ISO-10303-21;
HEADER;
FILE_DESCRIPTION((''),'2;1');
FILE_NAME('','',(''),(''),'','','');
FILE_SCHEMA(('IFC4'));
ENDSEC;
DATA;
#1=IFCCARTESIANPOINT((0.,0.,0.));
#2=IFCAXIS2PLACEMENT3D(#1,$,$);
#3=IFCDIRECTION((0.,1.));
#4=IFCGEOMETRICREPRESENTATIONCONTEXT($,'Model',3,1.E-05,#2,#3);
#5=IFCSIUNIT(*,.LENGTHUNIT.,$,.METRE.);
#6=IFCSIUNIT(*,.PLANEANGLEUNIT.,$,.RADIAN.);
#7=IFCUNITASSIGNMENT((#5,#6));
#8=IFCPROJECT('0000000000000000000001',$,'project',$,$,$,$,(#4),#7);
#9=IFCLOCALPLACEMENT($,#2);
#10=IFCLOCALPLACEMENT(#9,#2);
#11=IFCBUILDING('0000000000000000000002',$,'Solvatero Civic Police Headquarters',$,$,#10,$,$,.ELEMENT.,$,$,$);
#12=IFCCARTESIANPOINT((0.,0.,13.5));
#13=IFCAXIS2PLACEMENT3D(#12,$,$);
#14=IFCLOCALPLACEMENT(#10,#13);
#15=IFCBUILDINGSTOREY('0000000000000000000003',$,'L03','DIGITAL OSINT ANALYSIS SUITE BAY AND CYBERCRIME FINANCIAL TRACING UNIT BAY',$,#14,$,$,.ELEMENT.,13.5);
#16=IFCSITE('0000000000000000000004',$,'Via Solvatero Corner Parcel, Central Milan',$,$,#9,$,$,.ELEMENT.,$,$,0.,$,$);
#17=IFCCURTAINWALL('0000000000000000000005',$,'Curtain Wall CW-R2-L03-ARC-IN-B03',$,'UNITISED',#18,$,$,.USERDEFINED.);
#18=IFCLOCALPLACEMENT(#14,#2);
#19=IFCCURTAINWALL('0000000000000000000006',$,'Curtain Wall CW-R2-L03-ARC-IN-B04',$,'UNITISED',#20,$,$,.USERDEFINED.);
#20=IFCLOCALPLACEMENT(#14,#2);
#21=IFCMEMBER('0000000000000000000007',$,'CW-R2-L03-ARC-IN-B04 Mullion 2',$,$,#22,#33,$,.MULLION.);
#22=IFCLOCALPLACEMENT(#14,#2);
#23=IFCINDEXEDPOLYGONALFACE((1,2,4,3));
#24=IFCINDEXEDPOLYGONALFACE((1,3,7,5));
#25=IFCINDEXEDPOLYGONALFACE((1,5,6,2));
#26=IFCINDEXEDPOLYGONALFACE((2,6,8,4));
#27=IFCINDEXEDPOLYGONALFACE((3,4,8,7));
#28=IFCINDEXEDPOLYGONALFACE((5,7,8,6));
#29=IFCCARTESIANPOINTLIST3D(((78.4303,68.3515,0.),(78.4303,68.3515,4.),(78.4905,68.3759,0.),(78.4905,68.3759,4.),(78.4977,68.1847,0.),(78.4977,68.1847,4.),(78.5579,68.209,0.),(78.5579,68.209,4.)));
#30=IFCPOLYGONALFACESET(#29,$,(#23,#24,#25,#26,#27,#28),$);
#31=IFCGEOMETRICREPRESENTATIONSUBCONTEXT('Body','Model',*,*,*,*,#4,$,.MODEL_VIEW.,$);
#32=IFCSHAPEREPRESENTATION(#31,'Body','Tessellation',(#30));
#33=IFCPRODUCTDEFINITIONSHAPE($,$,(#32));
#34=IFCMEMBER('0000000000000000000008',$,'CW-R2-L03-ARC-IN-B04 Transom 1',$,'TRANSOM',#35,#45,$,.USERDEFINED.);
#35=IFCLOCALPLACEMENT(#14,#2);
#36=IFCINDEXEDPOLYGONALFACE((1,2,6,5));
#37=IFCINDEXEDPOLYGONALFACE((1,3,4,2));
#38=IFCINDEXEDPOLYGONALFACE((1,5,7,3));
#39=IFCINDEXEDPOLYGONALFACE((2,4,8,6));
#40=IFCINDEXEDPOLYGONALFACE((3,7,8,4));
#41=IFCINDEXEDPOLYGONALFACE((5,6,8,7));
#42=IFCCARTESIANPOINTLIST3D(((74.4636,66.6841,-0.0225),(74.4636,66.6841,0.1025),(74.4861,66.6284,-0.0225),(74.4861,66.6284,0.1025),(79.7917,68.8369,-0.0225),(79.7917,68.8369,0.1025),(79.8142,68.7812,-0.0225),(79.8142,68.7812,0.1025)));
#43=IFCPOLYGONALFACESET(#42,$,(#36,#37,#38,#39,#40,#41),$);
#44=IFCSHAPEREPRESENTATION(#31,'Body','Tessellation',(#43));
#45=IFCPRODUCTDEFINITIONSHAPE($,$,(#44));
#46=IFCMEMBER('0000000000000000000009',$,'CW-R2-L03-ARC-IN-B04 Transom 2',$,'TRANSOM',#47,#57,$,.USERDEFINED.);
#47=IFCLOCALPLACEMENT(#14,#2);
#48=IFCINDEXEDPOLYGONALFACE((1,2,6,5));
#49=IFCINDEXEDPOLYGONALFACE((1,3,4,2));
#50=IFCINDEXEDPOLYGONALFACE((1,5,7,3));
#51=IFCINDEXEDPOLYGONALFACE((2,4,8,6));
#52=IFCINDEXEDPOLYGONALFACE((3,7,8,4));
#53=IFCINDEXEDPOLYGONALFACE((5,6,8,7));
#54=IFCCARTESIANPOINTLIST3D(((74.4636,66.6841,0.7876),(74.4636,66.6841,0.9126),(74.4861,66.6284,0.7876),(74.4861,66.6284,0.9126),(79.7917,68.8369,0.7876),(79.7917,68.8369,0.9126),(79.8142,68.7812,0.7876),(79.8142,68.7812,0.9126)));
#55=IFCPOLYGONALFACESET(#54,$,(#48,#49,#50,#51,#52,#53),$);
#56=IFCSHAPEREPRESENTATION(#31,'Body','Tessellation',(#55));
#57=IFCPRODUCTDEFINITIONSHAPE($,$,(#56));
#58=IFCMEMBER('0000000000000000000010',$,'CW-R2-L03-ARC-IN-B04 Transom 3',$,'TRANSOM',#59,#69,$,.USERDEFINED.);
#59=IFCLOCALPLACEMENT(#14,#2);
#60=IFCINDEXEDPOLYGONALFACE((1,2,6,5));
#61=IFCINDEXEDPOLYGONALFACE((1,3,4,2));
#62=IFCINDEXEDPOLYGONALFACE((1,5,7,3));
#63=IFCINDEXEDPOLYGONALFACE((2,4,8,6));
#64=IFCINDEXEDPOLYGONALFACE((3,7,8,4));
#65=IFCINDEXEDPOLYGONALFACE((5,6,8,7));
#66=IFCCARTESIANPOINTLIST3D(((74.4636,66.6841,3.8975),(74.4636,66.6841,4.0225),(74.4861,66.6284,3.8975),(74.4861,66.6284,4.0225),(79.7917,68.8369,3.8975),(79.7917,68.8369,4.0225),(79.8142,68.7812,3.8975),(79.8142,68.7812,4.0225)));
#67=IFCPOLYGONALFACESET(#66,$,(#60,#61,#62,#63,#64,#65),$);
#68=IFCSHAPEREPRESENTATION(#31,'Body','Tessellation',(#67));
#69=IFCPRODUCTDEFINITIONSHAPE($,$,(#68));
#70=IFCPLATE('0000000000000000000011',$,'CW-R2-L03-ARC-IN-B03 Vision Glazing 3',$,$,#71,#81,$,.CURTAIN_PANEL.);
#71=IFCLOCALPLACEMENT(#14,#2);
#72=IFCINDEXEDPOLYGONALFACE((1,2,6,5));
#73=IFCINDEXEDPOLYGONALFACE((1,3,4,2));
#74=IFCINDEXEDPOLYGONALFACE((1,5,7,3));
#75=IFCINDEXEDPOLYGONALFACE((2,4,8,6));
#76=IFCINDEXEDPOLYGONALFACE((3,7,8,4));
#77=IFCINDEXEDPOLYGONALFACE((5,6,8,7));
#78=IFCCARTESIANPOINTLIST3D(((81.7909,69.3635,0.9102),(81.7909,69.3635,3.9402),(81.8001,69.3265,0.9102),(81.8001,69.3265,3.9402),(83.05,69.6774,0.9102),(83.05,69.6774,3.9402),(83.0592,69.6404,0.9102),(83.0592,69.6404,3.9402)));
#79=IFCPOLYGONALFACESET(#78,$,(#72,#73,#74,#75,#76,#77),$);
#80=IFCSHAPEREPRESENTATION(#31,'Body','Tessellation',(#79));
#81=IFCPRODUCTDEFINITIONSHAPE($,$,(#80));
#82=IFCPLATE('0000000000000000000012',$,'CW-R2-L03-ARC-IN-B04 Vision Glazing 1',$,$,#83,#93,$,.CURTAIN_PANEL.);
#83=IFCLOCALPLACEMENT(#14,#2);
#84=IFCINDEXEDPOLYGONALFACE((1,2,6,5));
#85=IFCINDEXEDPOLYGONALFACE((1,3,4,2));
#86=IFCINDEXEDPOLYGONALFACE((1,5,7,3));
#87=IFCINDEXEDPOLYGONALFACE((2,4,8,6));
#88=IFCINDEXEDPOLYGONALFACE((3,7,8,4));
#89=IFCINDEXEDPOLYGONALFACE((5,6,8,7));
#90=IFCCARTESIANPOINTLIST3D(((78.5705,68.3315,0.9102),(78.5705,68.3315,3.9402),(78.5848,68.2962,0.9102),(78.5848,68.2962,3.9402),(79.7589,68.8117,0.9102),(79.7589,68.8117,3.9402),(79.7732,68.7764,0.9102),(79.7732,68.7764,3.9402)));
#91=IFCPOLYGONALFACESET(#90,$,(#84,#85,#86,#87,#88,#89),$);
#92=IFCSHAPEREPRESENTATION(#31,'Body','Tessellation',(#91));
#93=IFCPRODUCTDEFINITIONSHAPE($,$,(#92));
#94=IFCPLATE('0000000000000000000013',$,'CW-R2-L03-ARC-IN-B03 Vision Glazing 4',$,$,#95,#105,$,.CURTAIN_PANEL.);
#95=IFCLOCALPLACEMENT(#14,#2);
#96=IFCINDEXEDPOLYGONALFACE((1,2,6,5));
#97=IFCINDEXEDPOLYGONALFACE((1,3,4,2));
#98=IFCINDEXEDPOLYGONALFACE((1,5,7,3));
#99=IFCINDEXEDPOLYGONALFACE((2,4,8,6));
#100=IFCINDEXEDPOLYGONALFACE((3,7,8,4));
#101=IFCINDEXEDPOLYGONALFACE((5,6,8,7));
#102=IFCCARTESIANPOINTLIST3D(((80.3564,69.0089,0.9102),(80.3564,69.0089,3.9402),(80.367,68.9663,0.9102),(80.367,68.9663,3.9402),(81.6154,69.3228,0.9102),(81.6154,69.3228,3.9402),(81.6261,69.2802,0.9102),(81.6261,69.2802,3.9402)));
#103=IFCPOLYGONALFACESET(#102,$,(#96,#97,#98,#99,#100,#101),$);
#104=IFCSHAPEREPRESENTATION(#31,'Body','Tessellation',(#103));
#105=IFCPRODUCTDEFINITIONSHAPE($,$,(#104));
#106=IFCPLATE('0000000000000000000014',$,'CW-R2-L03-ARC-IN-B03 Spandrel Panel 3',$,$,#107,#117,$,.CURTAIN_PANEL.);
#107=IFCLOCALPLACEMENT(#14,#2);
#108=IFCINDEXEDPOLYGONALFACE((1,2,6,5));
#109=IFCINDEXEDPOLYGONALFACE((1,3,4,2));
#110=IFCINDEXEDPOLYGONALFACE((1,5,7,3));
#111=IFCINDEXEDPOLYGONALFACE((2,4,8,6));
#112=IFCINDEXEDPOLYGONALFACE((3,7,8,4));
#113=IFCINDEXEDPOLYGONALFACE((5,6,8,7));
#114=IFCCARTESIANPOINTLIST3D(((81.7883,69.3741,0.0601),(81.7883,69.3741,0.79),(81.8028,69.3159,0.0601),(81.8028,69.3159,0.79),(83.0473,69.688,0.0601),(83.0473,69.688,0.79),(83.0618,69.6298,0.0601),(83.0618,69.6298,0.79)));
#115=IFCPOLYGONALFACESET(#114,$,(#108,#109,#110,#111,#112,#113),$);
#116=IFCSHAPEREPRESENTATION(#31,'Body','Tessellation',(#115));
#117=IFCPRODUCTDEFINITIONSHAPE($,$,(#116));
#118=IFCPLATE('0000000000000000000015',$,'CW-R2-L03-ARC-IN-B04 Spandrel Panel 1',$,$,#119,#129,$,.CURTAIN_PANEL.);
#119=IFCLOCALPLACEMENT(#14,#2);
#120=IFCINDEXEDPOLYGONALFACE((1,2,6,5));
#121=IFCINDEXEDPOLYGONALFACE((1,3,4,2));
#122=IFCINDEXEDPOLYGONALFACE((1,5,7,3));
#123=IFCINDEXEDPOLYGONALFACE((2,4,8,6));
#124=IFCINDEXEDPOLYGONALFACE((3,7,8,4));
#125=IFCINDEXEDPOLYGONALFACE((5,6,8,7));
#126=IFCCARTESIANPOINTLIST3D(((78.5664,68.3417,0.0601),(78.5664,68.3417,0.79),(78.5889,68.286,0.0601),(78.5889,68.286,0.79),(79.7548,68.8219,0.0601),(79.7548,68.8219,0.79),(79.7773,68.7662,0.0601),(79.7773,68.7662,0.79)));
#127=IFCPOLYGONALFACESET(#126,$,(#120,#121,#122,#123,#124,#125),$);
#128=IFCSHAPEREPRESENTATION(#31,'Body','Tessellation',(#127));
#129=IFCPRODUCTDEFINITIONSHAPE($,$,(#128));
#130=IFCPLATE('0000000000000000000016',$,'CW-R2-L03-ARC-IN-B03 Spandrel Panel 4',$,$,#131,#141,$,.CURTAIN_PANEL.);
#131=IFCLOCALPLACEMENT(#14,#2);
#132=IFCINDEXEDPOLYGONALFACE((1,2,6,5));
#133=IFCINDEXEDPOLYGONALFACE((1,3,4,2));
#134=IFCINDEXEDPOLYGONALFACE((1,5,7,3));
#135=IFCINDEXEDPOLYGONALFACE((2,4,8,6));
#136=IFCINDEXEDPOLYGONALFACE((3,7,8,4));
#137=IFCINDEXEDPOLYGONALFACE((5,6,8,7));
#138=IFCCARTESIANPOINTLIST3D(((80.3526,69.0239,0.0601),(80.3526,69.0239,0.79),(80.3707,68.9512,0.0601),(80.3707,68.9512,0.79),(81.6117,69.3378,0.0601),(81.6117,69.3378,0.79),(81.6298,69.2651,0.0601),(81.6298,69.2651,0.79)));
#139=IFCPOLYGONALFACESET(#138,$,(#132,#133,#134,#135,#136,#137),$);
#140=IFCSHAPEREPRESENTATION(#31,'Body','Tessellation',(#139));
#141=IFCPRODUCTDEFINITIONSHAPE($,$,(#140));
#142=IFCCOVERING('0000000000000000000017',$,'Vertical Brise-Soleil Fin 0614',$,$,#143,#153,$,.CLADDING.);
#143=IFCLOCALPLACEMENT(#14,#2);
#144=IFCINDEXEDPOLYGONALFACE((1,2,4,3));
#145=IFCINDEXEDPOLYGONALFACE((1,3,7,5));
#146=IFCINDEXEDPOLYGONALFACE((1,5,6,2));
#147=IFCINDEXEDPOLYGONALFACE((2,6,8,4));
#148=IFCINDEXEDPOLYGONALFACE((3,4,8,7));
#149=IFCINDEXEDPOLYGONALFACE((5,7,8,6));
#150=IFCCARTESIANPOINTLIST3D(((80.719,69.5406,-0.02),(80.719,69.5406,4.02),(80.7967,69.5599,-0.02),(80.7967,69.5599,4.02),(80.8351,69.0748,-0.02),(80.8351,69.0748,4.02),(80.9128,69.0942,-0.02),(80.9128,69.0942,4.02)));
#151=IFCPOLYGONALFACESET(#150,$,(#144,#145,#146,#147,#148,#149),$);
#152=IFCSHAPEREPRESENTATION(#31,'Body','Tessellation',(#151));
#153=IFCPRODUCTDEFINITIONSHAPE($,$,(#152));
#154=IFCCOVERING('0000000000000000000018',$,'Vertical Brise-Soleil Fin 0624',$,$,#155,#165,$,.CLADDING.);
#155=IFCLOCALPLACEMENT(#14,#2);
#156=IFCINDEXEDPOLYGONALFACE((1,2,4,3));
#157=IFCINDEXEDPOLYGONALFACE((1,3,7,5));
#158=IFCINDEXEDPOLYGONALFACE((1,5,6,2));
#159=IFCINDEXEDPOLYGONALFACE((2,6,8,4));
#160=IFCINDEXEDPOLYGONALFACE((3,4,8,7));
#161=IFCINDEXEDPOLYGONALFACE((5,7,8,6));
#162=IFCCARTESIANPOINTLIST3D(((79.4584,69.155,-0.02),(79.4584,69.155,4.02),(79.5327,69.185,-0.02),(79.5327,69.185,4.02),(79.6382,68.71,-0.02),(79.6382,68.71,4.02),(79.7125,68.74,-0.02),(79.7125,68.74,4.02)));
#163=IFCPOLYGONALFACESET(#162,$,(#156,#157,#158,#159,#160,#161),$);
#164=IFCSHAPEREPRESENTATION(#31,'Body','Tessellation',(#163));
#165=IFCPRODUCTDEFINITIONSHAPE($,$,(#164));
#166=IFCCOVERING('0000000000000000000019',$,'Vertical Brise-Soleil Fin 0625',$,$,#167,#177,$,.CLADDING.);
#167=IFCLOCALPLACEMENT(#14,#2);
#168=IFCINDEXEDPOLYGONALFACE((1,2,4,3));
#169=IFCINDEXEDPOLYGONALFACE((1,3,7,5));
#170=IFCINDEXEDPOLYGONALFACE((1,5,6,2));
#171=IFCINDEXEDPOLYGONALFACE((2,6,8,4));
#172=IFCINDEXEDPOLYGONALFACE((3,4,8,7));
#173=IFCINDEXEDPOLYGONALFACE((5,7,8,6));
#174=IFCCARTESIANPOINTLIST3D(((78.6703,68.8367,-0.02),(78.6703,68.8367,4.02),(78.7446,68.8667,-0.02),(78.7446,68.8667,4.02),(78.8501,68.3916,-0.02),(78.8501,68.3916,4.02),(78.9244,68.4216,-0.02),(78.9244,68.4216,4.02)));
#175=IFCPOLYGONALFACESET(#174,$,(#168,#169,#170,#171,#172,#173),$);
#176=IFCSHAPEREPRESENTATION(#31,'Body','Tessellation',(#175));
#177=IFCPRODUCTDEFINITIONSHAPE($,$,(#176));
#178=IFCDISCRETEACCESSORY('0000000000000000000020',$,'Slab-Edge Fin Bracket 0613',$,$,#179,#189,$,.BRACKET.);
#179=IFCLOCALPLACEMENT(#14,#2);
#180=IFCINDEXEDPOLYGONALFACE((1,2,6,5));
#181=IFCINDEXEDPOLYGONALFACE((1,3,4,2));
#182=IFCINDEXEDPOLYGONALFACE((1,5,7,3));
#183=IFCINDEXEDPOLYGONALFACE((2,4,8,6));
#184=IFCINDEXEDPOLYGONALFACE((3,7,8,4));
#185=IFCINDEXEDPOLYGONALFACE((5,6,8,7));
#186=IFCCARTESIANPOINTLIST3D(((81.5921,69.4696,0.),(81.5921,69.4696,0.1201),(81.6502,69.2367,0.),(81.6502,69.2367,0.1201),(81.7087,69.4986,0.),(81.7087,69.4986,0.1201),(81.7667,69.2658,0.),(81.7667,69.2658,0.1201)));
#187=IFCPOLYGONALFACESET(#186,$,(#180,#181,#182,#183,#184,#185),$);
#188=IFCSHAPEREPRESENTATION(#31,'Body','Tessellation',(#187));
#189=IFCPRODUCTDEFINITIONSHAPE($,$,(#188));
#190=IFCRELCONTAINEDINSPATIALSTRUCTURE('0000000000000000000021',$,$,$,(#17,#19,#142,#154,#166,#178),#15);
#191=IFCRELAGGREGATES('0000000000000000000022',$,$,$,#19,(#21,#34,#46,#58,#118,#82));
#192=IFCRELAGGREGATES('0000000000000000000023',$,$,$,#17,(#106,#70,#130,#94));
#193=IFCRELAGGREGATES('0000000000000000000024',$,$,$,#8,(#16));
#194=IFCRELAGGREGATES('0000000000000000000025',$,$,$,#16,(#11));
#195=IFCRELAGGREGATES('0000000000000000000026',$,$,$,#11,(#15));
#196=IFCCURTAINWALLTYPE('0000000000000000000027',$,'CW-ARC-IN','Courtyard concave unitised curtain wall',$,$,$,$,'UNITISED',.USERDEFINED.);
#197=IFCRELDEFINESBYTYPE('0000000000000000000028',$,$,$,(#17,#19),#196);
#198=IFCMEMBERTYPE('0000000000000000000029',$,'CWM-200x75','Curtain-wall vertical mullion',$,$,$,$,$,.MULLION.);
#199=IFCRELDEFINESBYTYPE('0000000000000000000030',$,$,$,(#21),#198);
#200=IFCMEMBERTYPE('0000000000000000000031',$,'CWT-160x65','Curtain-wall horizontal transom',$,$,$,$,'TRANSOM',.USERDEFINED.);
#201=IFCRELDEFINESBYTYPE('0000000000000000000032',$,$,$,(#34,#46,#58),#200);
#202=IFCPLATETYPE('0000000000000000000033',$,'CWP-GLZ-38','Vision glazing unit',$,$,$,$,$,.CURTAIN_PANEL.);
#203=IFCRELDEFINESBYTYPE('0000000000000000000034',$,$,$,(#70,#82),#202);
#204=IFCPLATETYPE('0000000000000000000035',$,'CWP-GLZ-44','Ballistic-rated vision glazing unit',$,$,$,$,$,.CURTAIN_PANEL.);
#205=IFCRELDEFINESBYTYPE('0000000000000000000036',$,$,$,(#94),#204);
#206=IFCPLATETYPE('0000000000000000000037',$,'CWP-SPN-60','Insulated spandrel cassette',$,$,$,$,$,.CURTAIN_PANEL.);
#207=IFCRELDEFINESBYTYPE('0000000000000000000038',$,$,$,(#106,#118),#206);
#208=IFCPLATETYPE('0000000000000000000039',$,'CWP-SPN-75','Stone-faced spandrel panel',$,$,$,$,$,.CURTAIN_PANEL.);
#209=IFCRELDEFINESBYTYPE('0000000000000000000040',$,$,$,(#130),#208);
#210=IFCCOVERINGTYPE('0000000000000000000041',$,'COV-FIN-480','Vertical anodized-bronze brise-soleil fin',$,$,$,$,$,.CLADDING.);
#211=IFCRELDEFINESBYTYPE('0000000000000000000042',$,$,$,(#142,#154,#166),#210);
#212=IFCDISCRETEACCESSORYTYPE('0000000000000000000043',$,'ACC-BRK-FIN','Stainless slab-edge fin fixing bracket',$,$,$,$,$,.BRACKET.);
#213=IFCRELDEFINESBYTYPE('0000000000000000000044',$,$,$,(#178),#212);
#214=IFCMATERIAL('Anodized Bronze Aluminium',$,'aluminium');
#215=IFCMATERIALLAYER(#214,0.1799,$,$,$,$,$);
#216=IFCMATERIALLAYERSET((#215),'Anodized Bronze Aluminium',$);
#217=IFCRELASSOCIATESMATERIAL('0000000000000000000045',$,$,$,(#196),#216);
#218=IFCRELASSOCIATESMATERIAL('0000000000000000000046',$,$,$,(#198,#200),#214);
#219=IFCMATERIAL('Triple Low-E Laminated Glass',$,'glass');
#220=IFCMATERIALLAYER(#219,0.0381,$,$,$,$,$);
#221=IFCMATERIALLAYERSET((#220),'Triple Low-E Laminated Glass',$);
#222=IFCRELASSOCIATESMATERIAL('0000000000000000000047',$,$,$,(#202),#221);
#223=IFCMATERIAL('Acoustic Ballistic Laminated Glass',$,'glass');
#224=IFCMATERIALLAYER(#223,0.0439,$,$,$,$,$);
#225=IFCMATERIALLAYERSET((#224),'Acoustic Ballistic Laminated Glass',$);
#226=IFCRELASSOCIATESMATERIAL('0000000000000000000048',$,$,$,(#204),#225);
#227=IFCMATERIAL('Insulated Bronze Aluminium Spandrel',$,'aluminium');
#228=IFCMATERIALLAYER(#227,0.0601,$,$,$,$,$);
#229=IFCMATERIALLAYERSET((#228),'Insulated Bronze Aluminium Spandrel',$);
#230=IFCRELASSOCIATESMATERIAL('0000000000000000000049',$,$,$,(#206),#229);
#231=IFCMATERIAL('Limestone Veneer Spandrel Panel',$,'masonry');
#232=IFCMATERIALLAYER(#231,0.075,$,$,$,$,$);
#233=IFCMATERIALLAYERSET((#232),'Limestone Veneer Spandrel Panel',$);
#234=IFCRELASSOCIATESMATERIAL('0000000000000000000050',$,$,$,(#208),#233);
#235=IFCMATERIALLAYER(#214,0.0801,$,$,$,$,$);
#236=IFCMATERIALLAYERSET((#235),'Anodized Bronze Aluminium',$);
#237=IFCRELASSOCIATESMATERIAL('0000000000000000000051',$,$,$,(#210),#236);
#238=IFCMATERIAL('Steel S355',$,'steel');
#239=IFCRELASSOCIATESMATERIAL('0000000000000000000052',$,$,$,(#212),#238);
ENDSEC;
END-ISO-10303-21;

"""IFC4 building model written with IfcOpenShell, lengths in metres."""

from ifc_helpers import new_model, si_unit, direction, frame, origin, origin_2d, place, context, subcontext, project, spatial, rectangle, extrude, material, layer, layer_set, material_profile, profile_set, type_object, element, aggregate, save


model = new_model("IFC4")

# Units and contexts
model_context = context("Model", 3, precision=1e-05, world=origin(), true_north=direction((0.0, 1.0)))
body_context = subcontext(model_context, "Body", "Model", "MODEL_VIEW")
ifc_project = project(units=[si_unit("LENGTHUNIT", "METRE"), si_unit("PLANEANGLEUNIT", "RADIAN")], contexts=[model_context])

# Site, building, storey
site_placement = place(None, origin())
site = spatial("IfcSite", under=ifc_project, at=site_placement, Name="Via Solvatero Corner Parcel, Central Milan", CompositionType="ELEMENT", RefElevation=0.0)
building_placement = place(site_placement, origin())
building = spatial("IfcBuilding", under=site, at=building_placement, Name="Solvatero Civic Police Headquarters", CompositionType="ELEMENT")
storey_placement = place(building_placement, frame((0.0, 0.0, 13.5)))
storey = spatial("IfcBuildingStorey", under=building, at=storey_placement, Name="L03", Description="DIGITAL OSINT ANALYSIS SUITE BAY AND CYBERCRIME FINANCIAL TRACING UNIT BAY", CompositionType="ELEMENT", Elevation=13.5)

# Shared definitions
ifc_material_1 = material(Name="Steel S355", Category="steel")

# Curtain walls, members
ifc_material_2 = material(Name="Anodized Bronze Aluminium", Category="aluminium")
ifc_layer_1 = layer(ifc_material_2, 0.1799)
ifc_layer_set_1 = layer_set([ifc_layer_1], Name="Anodized Bronze Aluminium")
curtain_wall_type = type_object("IfcCurtainWallType", Name="CW-ARC-IN", Description="Courtyard concave unitised curtain wall", ElementType="UNITISED", PredefinedType="USERDEFINED", material=ifc_layer_set_1)
curtain_wall_1_placement = place(storey_placement, origin())
curtain_wall_1 = element("IfcCurtainWall", 1, at=curtain_wall_1_placement, inside=storey, type_object=curtain_wall_type, Name="Curtain Wall CW-R2-L03-ARC-IN-B03", ObjectType="UNITISED", PredefinedType="USERDEFINED")
curtain_wall_2_placement = place(storey_placement, origin())
curtain_wall_2 = element("IfcCurtainWall", 2, at=curtain_wall_2_placement, inside=storey, type_object=curtain_wall_type, Name="Curtain Wall CW-R2-L03-ARC-IN-B04", ObjectType="UNITISED", PredefinedType="USERDEFINED")
ifc_material_profile_1 = material_profile(ifc_material_2, rectangle(XDim=0.0649, YDim=0.1799, at=origin_2d()), Name="ALU MULLION 65x180")
ifc_profile_set_1 = profile_set([ifc_material_profile_1], Name="Anodized Bronze Aluminium")
member_type_1 = type_object("IfcMemberType", Name="CWM-200x75", Description="Curtain-wall vertical mullion", PredefinedType="MULLION", material=ifc_profile_set_1)
member_1_placement = place(storey_placement, frame((78.4941, 68.2803, 0.0), z_axis=(0.0, 0.0, 1.0), x_axis=(-0.927184, -0.374607, 0.0)))
member_1 = element("IfcMember", 3, at=member_1_placement, type_object=member_type_1, Name="CW-R2-L03-ARC-IN-B04 Mullion 2", PredefinedType="MULLION", context=body_context, shape_type="SweptSolid", body=[
    extrude(rectangle(XDim=0.0649, YDim=0.1799, at=origin_2d()), origin(), (0.0, 0.0, 1.0), 4.0),
])
ifc_material_profile_2 = material_profile(ifc_material_2, rectangle(XDim=0.0601, YDim=0.125, at=origin_2d()), Name="ALU TRANSOM 60x125")
ifc_profile_set_2 = profile_set([ifc_material_profile_2], Name="Anodized Bronze Aluminium")
member_type_2 = type_object("IfcMemberType", Name="CWT-160x65", Description="Curtain-wall horizontal transom", ElementType="TRANSOM", PredefinedType="USERDEFINED", material=ifc_profile_set_2)
member_2_placement = place(storey_placement, frame((79.803, 68.8091, 0.04), z_axis=(-0.927176, -0.374626, 0.0), x_axis=(0.374626, -0.927176, 0.0)))
member_2 = element("IfcMember", 4, at=member_2_placement, type_object=member_type_2, Name="CW-R2-L03-ARC-IN-B04 Transom 1", ObjectType="TRANSOM", PredefinedType="USERDEFINED", context=body_context, shape_type="SweptSolid", body=[
    extrude(rectangle(XDim=0.0601, YDim=0.125, at=origin_2d()), origin(), (0.0, 0.0, 1.0), 5.7466),
])
member_3_placement = place(storey_placement, frame((79.803, 68.8091, 0.8501), z_axis=(-0.927176, -0.374626, 0.0), x_axis=(0.374626, -0.927176, 0.0)))
member_3 = element("IfcMember", 5, at=member_3_placement, type_object=member_type_2, Name="CW-R2-L03-ARC-IN-B04 Transom 2", ObjectType="TRANSOM", PredefinedType="USERDEFINED", context=body_context, shape_type="SweptSolid", body=[
    extrude(rectangle(XDim=0.0601, YDim=0.125, at=origin_2d()), origin(), (0.0, 0.0, 1.0), 5.7466),
])
member_4_placement = place(storey_placement, frame((79.803, 68.8091, 3.96), z_axis=(-0.927176, -0.374626, 0.0), x_axis=(0.374626, -0.927176, 0.0)))
member_4 = element("IfcMember", 6, at=member_4_placement, type_object=member_type_2, Name="CW-R2-L03-ARC-IN-B04 Transom 3", ObjectType="TRANSOM", PredefinedType="USERDEFINED", context=body_context, shape_type="SweptSolid", body=[
    extrude(rectangle(XDim=0.0601, YDim=0.125, at=origin_2d()), origin(), (0.0, 0.0, 1.0), 5.7466),
])

# Plates
ifc_material_3 = material(Name="Triple Low-E Laminated Glass", Category="glass")
ifc_layer_2 = layer(ifc_material_3, 0.0381)
ifc_layer_set_2 = layer_set([ifc_layer_2], Name="Triple Low-E Laminated Glass")
plate_type_1 = type_object("IfcPlateType", Name="CWP-GLZ-38", Description="Vision glazing unit", PredefinedType="CURTAIN_PANEL", material=ifc_layer_set_2)
plate_1_placement = place(storey_placement, frame((82.425, 69.502, 0.9102), z_axis=(0.0, 0.0, 1.0), x_axis=(-0.9703, -0.241905, 0.0)))
plate_1 = element("IfcPlate", 7, at=plate_1_placement, type_object=plate_type_1, Name="CW-R2-L03-ARC-IN-B03 Vision Glazing 3", PredefinedType="CURTAIN_PANEL", context=body_context, shape_type="SweptSolid", body=[
    extrude(rectangle(XDim=1.2976, YDim=0.0381, at=origin_2d()), origin(), (0.0, 0.0, 1.0), 3.03),
])
plate_2_placement = place(storey_placement, frame((79.1719, 68.554, 0.9102), z_axis=(0.0, 0.0, 1.0), x_axis=(-0.927184, -0.374607, 0.0)))
plate_2 = element("IfcPlate", 8, at=plate_2_placement, type_object=plate_type_1, Name="CW-R2-L03-ARC-IN-B04 Vision Glazing 1", PredefinedType="CURTAIN_PANEL", context=body_context, shape_type="SweptSolid", body=[
    extrude(rectangle(XDim=1.2817, YDim=0.0381, at=origin_2d()), origin(), (0.0, 0.0, 1.0), 3.03),
])
ifc_material_4 = material(Name="Acoustic Ballistic Laminated Glass", Category="glass")
ifc_layer_3 = layer(ifc_material_4, 0.0439)
ifc_layer_set_3 = layer_set([ifc_layer_3], Name="Acoustic Ballistic Laminated Glass")
plate_type_2 = type_object("IfcPlateType", Name="CWP-GLZ-44", Description="Ballistic-rated vision glazing unit", PredefinedType="CURTAIN_PANEL", material=ifc_layer_set_3)
plate_3_placement = place(storey_placement, frame((80.9912, 69.1445, 0.9102), z_axis=(0.0, 0.0, 1.0), x_axis=(-0.9703, -0.241905, 0.0)))
plate_3 = element("IfcPlate", 9, at=plate_3_placement, type_object=plate_type_2, Name="CW-R2-L03-ARC-IN-B03 Vision Glazing 4", PredefinedType="CURTAIN_PANEL", context=body_context, shape_type="SweptSolid", body=[
    extrude(rectangle(XDim=1.2976, YDim=0.0439, at=origin_2d()), origin(), (0.0, 0.0, 1.0), 3.03),
])
ifc_material_5 = material(Name="Insulated Bronze Aluminium Spandrel", Category="aluminium")
ifc_layer_4 = layer(ifc_material_5, 0.0601)
ifc_layer_set_4 = layer_set([ifc_layer_4], Name="Insulated Bronze Aluminium Spandrel")
plate_type_3 = type_object("IfcPlateType", Name="CWP-SPN-60", Description="Insulated spandrel cassette", PredefinedType="CURTAIN_PANEL", material=ifc_layer_set_4)
plate_4_placement = place(storey_placement, frame((82.425, 69.502, 0.0601), z_axis=(0.0, 0.0, 1.0), x_axis=(-0.9703, -0.241905, 0.0)))
plate_4 = element("IfcPlate", 10, at=plate_4_placement, type_object=plate_type_3, Name="CW-R2-L03-ARC-IN-B03 Spandrel Panel 3", PredefinedType="CURTAIN_PANEL", context=body_context, shape_type="SweptSolid", body=[
    extrude(rectangle(XDim=1.2976, YDim=0.0601, at=origin_2d()), origin(), (0.0, 0.0, 1.0), 0.73),
])
plate_5_placement = place(storey_placement, frame((79.1719, 68.554, 0.0601), z_axis=(0.0, 0.0, 1.0), x_axis=(-0.927184, -0.374607, 0.0)))
plate_5 = element("IfcPlate", 11, at=plate_5_placement, type_object=plate_type_3, Name="CW-R2-L03-ARC-IN-B04 Spandrel Panel 1", PredefinedType="CURTAIN_PANEL", context=body_context, shape_type="SweptSolid", body=[
    extrude(rectangle(XDim=1.2817, YDim=0.0601, at=origin_2d()), origin(), (0.0, 0.0, 1.0), 0.73),
])
aggregate(curtain_wall_2, [member_1, member_2, member_3, member_4, plate_5, plate_2])
ifc_material_6 = material(Name="Limestone Veneer Spandrel Panel", Category="masonry")
ifc_layer_5 = layer(ifc_material_6, 0.075)
ifc_layer_set_5 = layer_set([ifc_layer_5], Name="Limestone Veneer Spandrel Panel")
plate_type_4 = type_object("IfcPlateType", Name="CWP-SPN-75", Description="Stone-faced spandrel panel", PredefinedType="CURTAIN_PANEL", material=ifc_layer_set_5)
plate_6_placement = place(storey_placement, frame((80.9912, 69.1445, 0.0601), z_axis=(0.0, 0.0, 1.0), x_axis=(-0.9703, -0.241905, 0.0)))
plate_6 = element("IfcPlate", 12, at=plate_6_placement, type_object=plate_type_4, Name="CW-R2-L03-ARC-IN-B03 Spandrel Panel 4", PredefinedType="CURTAIN_PANEL", context=body_context, shape_type="SweptSolid", body=[
    extrude(rectangle(XDim=1.2976, YDim=0.075, at=origin_2d()), origin(), (0.0, 0.0, 1.0), 0.73),
])
aggregate(curtain_wall_1, [plate_4, plate_1, plate_6, plate_3])

# Coverings
ifc_layer_6 = layer(ifc_material_2, 0.0801)
ifc_layer_set_6 = layer_set([ifc_layer_6], Name="Anodized Bronze Aluminium")
covering_type = type_object("IfcCoveringType", Name="COV-FIN-480", Description="Vertical anodized-bronze brise-soleil fin", PredefinedType="CLADDING", material=ifc_layer_set_6)
for number, where, z_axis, x_axis, name in (
    (13, (80.8159, 69.3174, -0.02), (0.0, 0.0, 1.0), (-0.9703, -0.241905, 0.0), "Vertical Brise-Soleil Fin 0614"),
    (14, (79.5854, 68.9475, -0.02), (0.0, 0.0, 1.0), (-0.927184, -0.374607, 0.0), "Vertical Brise-Soleil Fin 0624"),
    (15, (78.7974, 68.6292, -0.02), (0.0, 0.0, 1.0), (-0.927184, -0.374607, 0.0), "Vertical Brise-Soleil Fin 0625"),
):
    element("IfcCovering", number, at=place(storey_placement, frame(where, z_axis=z_axis, x_axis=x_axis)), inside=storey, type_object=covering_type, Name=name, PredefinedType="CLADDING", context=body_context, shape_type="SweptSolid", body=[
        extrude(rectangle(XDim=0.0801, YDim=0.48, at=origin_2d()), origin(), (0.0, 0.0, 1.0), 4.04),
    ])

# Discrete accessory
discrete_accessory_type = type_object("IfcDiscreteAccessoryType", Name="ACC-BRK-FIN", Description="Stainless slab-edge fin fixing bracket", PredefinedType="BRACKET", material=ifc_material_1)
for number, where, z_axis, x_axis, name in (
    (16, (81.6794, 69.3677, 0.0), (0.0, 0.0, 1.0), (-0.9703, -0.241905, 0.0), "Slab-Edge Fin Bracket 0613"),
):
    element("IfcDiscreteAccessory", number, at=place(storey_placement, frame(where, z_axis=z_axis, x_axis=x_axis)), inside=storey, type_object=discrete_accessory_type, Name=name, PredefinedType="BRACKET", context=body_context, shape_type="SweptSolid", body=[
        extrude(rectangle(XDim=0.1201, YDim=0.24, at=origin_2d()), origin(), (0.0, 0.0, 1.0), 0.1201),
    ])

save(model, "model.ifc")
